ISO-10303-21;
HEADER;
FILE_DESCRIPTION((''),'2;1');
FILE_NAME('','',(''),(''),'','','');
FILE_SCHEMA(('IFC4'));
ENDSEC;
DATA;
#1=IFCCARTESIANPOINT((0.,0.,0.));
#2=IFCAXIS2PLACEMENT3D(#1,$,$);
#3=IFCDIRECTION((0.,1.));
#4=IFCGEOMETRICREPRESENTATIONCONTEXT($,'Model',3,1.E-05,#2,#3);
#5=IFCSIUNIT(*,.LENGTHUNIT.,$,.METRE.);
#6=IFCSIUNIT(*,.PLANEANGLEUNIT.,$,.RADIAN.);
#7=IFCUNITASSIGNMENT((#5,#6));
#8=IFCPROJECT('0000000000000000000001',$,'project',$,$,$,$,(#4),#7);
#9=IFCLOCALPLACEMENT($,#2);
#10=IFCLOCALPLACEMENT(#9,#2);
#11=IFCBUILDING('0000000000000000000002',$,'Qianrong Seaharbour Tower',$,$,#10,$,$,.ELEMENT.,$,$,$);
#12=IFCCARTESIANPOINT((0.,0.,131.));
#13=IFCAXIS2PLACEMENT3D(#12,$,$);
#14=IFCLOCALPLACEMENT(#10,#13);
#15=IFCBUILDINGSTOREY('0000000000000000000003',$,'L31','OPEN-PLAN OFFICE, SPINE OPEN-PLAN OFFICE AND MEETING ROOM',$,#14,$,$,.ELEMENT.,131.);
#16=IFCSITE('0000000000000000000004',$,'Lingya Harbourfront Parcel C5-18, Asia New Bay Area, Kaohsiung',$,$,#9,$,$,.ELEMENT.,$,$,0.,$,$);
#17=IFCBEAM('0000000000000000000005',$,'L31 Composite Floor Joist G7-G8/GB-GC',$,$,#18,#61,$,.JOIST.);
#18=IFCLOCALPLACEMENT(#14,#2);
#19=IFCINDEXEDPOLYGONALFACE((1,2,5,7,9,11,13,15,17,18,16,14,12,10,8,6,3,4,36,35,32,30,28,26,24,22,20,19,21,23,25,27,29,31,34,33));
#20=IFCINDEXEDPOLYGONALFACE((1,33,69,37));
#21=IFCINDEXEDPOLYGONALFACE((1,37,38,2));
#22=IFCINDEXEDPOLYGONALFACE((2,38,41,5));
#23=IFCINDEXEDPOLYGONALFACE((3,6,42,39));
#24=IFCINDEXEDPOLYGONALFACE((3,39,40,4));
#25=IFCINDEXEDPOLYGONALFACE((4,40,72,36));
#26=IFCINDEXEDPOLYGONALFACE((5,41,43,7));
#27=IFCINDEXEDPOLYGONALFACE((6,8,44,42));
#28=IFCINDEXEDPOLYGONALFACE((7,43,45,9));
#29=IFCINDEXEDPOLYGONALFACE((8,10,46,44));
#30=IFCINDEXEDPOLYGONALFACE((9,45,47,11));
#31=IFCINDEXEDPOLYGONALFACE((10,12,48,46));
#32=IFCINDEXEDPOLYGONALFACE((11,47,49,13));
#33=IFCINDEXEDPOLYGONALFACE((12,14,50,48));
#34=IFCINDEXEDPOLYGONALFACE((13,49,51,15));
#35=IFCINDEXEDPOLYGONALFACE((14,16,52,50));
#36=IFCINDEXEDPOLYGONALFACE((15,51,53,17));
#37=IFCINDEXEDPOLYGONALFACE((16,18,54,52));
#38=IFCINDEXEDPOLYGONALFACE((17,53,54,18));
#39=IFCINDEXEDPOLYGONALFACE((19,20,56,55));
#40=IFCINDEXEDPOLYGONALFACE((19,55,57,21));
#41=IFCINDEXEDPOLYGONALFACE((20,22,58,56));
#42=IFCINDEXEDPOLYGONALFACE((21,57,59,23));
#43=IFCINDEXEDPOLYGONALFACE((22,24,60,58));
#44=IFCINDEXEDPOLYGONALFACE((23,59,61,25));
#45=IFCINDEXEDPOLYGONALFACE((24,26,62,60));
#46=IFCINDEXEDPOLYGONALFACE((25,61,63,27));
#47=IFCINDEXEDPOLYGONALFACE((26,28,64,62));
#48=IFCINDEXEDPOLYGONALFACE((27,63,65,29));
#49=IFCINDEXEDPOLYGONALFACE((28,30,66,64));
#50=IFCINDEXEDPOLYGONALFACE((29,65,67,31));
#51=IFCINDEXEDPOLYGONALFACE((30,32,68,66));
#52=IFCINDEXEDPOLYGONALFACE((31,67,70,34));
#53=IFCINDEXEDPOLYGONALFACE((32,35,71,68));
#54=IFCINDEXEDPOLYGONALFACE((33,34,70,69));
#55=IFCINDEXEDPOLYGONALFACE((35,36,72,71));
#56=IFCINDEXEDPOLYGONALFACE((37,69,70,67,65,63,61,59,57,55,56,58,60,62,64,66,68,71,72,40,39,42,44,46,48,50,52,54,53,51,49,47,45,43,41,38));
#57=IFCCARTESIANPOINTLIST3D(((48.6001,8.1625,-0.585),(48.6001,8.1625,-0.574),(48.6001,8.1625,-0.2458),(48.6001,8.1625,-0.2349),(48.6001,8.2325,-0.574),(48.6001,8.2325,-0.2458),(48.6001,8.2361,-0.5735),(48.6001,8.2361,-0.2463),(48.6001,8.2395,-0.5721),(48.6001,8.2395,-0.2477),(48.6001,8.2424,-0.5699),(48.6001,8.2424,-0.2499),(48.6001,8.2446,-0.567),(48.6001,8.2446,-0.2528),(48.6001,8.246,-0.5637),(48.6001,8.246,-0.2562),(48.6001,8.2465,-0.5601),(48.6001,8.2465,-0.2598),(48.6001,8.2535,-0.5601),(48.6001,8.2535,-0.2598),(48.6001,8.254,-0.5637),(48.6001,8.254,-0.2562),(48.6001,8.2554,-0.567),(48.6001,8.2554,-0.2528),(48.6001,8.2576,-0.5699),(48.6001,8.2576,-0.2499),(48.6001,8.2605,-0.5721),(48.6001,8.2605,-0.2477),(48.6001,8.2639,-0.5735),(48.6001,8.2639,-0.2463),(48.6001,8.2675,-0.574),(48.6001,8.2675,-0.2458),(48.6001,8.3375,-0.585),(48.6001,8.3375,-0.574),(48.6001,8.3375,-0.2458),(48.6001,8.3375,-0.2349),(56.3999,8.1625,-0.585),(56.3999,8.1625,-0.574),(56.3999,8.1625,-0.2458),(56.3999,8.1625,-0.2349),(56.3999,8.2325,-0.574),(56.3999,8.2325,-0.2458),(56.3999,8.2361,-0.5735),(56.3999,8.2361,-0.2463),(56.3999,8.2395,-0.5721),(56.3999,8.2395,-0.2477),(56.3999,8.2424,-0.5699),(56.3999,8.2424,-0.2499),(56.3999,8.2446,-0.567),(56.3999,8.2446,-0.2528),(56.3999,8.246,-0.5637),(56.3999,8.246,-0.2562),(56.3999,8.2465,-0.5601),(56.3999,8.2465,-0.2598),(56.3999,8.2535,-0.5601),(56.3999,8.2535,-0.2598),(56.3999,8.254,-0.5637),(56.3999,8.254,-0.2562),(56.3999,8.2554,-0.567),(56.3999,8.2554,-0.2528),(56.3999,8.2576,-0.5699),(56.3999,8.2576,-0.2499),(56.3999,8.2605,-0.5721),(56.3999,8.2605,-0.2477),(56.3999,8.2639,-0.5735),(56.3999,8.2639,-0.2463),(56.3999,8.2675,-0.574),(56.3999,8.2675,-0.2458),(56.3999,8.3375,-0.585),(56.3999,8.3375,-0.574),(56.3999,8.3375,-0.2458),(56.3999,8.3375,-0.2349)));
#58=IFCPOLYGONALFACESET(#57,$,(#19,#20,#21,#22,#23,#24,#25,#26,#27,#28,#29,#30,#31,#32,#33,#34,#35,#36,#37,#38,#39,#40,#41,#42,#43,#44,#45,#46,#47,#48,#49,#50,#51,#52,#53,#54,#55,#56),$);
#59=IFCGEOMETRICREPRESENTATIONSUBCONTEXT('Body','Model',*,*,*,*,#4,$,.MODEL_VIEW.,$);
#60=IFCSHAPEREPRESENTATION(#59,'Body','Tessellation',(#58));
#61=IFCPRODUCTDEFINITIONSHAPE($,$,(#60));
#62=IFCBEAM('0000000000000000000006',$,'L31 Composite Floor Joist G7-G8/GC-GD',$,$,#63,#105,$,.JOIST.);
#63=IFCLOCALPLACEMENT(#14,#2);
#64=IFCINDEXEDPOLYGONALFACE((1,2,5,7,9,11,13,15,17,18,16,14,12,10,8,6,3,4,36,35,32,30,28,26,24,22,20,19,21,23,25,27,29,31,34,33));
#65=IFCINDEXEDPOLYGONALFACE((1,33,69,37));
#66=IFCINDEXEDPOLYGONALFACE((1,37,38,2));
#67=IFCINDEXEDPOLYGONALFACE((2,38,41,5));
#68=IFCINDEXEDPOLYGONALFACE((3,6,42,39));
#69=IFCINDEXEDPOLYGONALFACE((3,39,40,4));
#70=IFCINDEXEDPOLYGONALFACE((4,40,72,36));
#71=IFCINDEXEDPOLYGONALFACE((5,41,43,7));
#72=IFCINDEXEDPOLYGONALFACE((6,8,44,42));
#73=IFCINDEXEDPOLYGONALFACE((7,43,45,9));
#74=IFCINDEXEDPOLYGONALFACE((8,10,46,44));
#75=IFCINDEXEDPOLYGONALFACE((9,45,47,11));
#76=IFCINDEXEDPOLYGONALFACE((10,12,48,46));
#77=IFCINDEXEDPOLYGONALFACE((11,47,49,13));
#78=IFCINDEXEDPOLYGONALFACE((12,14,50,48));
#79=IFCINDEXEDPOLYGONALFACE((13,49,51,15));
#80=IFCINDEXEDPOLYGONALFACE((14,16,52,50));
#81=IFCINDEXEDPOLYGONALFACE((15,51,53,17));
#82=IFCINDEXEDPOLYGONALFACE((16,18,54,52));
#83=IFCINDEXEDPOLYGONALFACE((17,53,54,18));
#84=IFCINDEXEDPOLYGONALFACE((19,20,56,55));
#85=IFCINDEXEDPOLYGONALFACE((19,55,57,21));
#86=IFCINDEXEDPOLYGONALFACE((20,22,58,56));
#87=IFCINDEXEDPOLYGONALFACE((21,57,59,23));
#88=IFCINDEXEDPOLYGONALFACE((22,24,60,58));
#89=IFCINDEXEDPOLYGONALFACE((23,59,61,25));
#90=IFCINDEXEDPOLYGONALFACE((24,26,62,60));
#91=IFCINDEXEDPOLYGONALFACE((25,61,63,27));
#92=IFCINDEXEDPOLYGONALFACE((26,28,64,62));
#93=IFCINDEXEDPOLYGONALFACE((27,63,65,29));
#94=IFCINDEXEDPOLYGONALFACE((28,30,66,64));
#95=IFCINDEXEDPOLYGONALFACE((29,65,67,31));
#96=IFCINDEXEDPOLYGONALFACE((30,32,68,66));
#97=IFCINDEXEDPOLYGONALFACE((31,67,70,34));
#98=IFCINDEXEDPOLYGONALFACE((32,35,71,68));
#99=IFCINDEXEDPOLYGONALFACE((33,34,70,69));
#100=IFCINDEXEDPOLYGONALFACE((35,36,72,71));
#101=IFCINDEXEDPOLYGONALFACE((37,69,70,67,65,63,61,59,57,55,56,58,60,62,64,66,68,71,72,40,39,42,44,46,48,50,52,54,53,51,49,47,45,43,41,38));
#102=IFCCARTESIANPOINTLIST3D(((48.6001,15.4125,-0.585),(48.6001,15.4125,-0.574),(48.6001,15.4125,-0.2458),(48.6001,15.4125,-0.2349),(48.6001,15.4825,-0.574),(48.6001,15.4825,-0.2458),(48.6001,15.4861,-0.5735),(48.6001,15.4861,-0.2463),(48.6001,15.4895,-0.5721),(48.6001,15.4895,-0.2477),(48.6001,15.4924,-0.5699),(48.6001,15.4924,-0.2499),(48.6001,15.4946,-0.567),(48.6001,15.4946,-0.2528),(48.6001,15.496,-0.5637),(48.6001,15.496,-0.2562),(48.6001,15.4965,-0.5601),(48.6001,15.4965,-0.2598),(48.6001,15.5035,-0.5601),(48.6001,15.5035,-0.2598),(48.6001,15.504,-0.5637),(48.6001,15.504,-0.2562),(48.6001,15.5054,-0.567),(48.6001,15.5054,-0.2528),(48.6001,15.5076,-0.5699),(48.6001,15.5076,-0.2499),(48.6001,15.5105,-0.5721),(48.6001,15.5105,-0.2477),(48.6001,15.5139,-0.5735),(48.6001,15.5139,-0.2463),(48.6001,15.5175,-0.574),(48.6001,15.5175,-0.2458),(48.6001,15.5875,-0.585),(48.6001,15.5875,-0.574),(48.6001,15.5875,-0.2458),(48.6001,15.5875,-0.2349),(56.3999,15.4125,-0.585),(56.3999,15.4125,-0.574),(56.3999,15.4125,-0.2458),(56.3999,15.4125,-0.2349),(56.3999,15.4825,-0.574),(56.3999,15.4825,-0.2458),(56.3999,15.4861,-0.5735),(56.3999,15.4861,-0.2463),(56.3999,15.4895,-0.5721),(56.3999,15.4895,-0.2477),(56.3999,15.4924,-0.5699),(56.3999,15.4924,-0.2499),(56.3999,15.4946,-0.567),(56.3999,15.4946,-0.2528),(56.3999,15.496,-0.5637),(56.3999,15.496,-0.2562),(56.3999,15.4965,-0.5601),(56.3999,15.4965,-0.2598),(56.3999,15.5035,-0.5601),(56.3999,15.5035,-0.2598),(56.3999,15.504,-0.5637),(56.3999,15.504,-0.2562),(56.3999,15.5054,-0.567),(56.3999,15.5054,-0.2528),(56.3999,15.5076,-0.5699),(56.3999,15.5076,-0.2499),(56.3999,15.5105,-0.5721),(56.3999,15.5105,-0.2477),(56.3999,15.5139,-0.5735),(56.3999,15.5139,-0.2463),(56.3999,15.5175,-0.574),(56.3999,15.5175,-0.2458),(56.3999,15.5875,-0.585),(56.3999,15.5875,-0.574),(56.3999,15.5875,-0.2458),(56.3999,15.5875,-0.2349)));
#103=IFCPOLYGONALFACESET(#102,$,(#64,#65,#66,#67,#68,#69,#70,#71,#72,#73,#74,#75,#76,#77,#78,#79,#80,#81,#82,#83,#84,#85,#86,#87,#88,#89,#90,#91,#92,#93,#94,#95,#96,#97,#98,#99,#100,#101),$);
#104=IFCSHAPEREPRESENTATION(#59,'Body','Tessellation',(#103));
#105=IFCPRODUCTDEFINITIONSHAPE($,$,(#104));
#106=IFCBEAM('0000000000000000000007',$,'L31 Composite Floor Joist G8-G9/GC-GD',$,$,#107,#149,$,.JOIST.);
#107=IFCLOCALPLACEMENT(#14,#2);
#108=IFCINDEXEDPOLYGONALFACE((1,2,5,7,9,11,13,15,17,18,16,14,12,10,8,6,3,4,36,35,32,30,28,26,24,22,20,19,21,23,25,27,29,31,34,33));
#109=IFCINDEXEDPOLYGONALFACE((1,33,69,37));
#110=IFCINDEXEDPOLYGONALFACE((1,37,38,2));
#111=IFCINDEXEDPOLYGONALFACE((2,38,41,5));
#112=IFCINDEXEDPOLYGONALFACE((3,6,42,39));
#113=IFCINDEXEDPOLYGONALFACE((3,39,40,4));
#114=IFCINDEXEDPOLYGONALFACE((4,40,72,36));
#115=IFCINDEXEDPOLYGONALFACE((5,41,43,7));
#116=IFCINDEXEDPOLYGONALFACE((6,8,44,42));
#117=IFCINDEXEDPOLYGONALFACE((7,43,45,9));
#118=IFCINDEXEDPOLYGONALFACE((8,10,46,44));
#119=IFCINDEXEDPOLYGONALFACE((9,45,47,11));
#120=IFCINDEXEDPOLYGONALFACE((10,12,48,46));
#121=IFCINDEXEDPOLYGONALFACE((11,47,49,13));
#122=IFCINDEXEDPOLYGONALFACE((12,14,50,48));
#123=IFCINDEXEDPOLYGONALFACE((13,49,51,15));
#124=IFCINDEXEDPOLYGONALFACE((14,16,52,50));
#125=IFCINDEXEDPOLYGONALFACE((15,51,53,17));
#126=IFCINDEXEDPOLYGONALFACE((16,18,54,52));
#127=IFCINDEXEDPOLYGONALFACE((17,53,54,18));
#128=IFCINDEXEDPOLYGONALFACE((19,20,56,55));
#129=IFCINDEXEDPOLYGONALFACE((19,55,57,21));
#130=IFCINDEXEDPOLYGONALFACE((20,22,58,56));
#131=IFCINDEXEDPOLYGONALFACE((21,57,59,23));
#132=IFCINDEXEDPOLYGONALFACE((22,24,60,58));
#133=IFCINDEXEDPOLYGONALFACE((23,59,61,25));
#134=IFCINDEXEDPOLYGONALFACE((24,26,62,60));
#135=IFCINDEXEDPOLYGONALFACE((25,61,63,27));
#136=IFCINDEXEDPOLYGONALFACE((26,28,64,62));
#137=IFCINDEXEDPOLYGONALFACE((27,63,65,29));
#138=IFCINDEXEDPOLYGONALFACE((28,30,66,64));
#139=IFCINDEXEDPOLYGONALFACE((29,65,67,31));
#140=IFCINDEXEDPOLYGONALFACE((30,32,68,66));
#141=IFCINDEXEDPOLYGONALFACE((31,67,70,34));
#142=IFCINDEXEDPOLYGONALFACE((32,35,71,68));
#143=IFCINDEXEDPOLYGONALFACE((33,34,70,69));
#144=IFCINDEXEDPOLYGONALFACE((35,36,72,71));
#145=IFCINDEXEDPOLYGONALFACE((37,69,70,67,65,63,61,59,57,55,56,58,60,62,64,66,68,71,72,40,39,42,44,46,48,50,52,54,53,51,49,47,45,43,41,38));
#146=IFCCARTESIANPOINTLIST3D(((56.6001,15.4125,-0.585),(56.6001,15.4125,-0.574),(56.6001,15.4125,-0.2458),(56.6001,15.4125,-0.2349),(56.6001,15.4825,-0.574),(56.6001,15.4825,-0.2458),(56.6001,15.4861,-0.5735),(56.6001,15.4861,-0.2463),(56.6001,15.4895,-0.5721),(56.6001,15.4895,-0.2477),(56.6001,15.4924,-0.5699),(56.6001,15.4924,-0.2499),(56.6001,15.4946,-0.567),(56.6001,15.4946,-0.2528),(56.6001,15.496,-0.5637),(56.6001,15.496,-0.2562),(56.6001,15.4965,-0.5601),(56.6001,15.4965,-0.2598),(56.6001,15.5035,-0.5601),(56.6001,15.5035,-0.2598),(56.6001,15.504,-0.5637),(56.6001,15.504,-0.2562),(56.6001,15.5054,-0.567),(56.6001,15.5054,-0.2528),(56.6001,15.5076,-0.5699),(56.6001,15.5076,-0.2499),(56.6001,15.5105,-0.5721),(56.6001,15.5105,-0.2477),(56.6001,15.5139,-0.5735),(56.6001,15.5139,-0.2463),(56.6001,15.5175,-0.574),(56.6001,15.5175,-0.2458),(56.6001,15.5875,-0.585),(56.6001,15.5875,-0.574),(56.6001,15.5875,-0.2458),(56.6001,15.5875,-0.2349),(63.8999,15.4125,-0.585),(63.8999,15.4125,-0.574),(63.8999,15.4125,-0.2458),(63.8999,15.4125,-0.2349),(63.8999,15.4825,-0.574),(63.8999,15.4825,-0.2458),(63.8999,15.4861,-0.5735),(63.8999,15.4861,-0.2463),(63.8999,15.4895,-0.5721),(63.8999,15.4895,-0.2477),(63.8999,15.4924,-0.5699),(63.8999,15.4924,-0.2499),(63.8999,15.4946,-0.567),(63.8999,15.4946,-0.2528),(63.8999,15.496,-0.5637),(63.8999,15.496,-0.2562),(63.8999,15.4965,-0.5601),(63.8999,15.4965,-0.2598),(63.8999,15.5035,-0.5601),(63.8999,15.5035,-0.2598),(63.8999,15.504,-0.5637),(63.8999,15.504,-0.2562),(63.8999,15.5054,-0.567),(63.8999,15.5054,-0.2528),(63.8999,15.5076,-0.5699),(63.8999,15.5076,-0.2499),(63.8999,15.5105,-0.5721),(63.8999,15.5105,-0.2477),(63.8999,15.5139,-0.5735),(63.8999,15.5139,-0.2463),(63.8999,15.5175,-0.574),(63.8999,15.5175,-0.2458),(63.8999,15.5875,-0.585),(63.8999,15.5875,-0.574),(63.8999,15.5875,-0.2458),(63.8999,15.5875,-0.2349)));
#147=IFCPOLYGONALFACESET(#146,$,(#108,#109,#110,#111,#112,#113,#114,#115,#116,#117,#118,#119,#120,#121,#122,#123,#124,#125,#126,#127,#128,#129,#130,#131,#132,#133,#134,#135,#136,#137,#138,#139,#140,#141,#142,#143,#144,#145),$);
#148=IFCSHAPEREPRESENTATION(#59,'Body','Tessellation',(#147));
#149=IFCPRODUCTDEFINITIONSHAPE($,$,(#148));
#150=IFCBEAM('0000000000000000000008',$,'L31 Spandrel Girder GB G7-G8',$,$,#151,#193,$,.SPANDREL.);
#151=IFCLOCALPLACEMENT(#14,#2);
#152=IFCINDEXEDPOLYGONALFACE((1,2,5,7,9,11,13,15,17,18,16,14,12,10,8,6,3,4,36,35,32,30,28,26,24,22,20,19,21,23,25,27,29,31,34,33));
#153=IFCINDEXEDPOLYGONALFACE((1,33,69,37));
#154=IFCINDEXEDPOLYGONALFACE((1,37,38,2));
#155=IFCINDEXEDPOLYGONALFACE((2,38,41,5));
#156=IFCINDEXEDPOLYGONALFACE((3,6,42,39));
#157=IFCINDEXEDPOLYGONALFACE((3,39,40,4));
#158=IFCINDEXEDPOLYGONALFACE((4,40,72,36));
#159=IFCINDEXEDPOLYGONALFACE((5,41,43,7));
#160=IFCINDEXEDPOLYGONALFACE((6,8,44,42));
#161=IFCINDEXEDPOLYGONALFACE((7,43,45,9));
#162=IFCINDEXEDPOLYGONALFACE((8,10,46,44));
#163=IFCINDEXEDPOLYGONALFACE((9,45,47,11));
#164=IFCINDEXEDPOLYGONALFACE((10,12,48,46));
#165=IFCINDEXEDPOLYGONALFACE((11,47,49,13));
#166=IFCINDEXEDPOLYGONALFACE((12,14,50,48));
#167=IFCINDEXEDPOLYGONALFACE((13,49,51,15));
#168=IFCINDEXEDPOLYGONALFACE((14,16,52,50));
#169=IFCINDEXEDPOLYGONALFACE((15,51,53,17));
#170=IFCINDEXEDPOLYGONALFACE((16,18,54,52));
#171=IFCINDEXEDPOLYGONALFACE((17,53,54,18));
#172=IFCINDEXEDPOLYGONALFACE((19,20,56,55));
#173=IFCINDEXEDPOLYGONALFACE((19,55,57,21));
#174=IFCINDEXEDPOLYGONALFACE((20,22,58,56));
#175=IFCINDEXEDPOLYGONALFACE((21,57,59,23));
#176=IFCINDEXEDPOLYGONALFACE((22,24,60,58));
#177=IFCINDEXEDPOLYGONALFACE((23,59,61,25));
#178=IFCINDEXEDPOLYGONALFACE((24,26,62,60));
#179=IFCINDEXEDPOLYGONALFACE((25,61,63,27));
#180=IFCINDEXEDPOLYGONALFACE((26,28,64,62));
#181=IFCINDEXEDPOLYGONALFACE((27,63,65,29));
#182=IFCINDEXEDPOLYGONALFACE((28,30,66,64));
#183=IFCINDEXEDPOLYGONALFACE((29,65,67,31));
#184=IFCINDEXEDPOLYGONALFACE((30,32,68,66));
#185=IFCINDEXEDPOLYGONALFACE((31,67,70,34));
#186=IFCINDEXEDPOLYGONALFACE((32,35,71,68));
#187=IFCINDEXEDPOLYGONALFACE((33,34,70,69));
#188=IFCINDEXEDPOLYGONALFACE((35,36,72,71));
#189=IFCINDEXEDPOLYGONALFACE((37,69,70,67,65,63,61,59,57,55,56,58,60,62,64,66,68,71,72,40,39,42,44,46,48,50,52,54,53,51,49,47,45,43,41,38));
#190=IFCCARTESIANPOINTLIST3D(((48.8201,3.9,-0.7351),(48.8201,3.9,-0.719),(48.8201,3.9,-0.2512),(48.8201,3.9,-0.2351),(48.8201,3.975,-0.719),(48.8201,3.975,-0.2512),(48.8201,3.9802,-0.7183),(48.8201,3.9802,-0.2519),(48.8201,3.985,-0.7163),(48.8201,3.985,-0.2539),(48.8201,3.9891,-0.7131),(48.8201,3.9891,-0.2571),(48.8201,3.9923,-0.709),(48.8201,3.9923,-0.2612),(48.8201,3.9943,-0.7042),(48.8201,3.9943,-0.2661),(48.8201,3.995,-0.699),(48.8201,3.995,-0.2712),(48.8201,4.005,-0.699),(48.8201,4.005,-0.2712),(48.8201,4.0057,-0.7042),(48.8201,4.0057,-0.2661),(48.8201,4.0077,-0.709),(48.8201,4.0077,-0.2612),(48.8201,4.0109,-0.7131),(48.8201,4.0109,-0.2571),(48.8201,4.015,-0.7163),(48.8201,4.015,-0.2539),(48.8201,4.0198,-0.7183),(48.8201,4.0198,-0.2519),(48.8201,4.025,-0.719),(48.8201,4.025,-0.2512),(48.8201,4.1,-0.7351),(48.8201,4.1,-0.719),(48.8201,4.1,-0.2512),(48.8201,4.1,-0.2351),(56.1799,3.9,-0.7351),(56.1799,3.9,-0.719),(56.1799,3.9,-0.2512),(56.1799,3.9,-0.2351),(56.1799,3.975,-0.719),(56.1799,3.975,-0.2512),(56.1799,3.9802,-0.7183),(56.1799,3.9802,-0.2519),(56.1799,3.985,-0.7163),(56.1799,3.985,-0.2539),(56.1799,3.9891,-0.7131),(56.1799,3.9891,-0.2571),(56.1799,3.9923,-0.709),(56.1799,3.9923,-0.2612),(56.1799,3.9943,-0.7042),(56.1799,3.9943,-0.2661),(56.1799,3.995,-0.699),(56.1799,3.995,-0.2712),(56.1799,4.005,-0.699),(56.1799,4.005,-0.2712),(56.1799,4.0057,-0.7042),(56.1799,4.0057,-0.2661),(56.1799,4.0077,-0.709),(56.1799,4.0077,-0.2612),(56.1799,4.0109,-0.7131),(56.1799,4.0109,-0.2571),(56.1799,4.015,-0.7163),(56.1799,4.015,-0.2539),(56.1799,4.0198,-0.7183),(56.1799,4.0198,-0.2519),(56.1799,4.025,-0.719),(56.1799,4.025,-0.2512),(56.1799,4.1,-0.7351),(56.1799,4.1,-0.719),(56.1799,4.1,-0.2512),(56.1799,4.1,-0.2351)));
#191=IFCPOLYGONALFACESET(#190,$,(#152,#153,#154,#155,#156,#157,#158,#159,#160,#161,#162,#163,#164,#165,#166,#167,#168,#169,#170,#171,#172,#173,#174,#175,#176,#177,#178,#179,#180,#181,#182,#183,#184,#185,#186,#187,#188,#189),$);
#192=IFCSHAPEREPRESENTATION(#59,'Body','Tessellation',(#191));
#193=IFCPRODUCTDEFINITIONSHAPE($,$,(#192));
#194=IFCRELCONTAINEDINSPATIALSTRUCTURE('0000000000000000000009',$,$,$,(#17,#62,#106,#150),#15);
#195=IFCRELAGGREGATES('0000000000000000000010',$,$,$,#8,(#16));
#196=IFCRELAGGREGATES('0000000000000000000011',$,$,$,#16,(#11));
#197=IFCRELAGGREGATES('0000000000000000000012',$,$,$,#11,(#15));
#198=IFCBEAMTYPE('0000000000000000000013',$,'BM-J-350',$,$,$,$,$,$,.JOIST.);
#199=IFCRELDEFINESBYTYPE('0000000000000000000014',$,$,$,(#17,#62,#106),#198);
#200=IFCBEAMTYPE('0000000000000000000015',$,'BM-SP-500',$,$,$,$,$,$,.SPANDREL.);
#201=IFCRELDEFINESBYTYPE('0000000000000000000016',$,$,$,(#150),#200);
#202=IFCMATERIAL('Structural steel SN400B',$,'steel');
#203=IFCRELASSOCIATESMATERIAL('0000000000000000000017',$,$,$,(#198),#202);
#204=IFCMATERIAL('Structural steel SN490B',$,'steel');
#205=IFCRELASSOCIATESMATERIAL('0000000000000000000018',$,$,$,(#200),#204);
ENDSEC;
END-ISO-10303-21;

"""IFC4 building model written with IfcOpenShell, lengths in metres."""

from ifc_helpers import new_model, si_unit, direction, frame, origin, origin_2d, place, context, subcontext, project, spatial, i_section, extrude, material, material_profile, profile_set, type_object, element, save


model = new_model("IFC4")

# Units and contexts
model_context = context("Model", 3, precision=1e-05, world=origin(), true_north=direction((0.0, 1.0)))
body_context = subcontext(model_context, "Body", "Model", "MODEL_VIEW")
ifc_project = project(units=[si_unit("LENGTHUNIT", "METRE"), si_unit("PLANEANGLEUNIT", "RADIAN")], contexts=[model_context])

# Site, building, storey
site_placement = place(None, origin())
site = spatial("IfcSite", under=ifc_project, at=site_placement, Name="Lingya Harbourfront Parcel C5-18, Asia New Bay Area, Kaohsiung", CompositionType="ELEMENT", RefElevation=0.0)
building_placement = place(site_placement, origin())
building = spatial("IfcBuilding", under=site, at=building_placement, Name="Qianrong Seaharbour Tower", CompositionType="ELEMENT")
storey_placement = place(building_placement, frame((0.0, 0.0, 131.0)))
storey = spatial("IfcBuildingStorey", under=building, at=storey_placement, Name="L31", Description="OPEN-PLAN OFFICE, SPINE OPEN-PLAN OFFICE AND MEETING ROOM", CompositionType="ELEMENT", Elevation=131.0)

# Shared definitions
ifc_material_1 = material(Name="Structural steel SN490B", Category="steel")

# Beams
ifc_material_2 = material(Name="Structural steel SN400B", Category="steel")
ifc_material_profile_1 = material_profile(ifc_material_2, i_section(OverallWidth=0.175, OverallDepth=0.3501, WebThickness=0.0071, FlangeThickness=0.011, FilletRadius=0.0139, at=origin_2d()), Name="H350x175x7x11")
ifc_profile_set_1 = profile_set([ifc_material_profile_1], Name="Structural steel SN400B")
beam_type_1 = type_object("IfcBeamType", Name="BM-J-350", PredefinedType="JOIST", material=ifc_profile_set_1)
for number, where, z_axis, x_axis, name in (
    (1, (48.6001, 8.25, -0.4099), (1.0, 0.0, 0.0), (0.0, 1.0, 0.0), "L31 Composite Floor Joist G7-G8/GB-GC"),
    (2, (48.6001, 15.5, -0.4099), (1.0, 0.0, 0.0), (0.0, 1.0, 0.0), "L31 Composite Floor Joist G7-G8/GC-GD"),
):
    element("IfcBeam", number, at=place(storey_placement, frame(where, z_axis=z_axis, x_axis=x_axis)), inside=storey, type_object=beam_type_1, Name=name, PredefinedType="JOIST", context=body_context, shape_type="SweptSolid", body=[
        extrude(i_section(OverallWidth=0.175, OverallDepth=0.3501, WebThickness=0.0071, FlangeThickness=0.011, FilletRadius=0.0139, at=origin_2d()), origin(), (0.0, 0.0, 1.0), 7.7998),
    ])
beam_1_placement = place(storey_placement, frame((56.6001, 15.5, -0.4099), z_axis=(1.0, 0.0, 0.0), x_axis=(0.0, 1.0, 0.0)))
element("IfcBeam", 3, at=beam_1_placement, inside=storey, type_object=beam_type_1, Name="L31 Composite Floor Joist G8-G9/GC-GD", PredefinedType="JOIST", context=body_context, shape_type="SweptSolid", body=[
    extrude(i_section(OverallWidth=0.175, OverallDepth=0.3501, WebThickness=0.0071, FlangeThickness=0.011, FilletRadius=0.0139, at=origin_2d()), origin(), (0.0, 0.0, 1.0), 7.2998),
])
ifc_material_profile_2 = material_profile(ifc_material_1, i_section(OverallWidth=0.2, OverallDepth=0.5, WebThickness=0.01, FlangeThickness=0.0161, FilletRadius=0.02, at=origin_2d()), Name="H500x200x10x16")
ifc_profile_set_2 = profile_set([ifc_material_profile_2], Name="Structural steel SN490B")
beam_type_2 = type_object("IfcBeamType", Name="BM-SP-500", PredefinedType="SPANDREL", material=ifc_profile_set_2)
beam_2_placement = place(storey_placement, frame((48.8201, 4.0, -0.4851), z_axis=(1.0, 0.0, 0.0), x_axis=(0.0, 1.0, 0.0)))
element("IfcBeam", 4, at=beam_2_placement, inside=storey, type_object=beam_type_2, Name="L31 Spandrel Girder GB G7-G8", PredefinedType="SPANDREL", context=body_context, shape_type="SweptSolid", body=[
    extrude(i_section(OverallWidth=0.2, OverallDepth=0.5, WebThickness=0.01, FlangeThickness=0.0161, FilletRadius=0.02, at=origin_2d()), origin(), (0.0, 0.0, 1.0), 7.3599),
])

save(model, "model.ifc")
